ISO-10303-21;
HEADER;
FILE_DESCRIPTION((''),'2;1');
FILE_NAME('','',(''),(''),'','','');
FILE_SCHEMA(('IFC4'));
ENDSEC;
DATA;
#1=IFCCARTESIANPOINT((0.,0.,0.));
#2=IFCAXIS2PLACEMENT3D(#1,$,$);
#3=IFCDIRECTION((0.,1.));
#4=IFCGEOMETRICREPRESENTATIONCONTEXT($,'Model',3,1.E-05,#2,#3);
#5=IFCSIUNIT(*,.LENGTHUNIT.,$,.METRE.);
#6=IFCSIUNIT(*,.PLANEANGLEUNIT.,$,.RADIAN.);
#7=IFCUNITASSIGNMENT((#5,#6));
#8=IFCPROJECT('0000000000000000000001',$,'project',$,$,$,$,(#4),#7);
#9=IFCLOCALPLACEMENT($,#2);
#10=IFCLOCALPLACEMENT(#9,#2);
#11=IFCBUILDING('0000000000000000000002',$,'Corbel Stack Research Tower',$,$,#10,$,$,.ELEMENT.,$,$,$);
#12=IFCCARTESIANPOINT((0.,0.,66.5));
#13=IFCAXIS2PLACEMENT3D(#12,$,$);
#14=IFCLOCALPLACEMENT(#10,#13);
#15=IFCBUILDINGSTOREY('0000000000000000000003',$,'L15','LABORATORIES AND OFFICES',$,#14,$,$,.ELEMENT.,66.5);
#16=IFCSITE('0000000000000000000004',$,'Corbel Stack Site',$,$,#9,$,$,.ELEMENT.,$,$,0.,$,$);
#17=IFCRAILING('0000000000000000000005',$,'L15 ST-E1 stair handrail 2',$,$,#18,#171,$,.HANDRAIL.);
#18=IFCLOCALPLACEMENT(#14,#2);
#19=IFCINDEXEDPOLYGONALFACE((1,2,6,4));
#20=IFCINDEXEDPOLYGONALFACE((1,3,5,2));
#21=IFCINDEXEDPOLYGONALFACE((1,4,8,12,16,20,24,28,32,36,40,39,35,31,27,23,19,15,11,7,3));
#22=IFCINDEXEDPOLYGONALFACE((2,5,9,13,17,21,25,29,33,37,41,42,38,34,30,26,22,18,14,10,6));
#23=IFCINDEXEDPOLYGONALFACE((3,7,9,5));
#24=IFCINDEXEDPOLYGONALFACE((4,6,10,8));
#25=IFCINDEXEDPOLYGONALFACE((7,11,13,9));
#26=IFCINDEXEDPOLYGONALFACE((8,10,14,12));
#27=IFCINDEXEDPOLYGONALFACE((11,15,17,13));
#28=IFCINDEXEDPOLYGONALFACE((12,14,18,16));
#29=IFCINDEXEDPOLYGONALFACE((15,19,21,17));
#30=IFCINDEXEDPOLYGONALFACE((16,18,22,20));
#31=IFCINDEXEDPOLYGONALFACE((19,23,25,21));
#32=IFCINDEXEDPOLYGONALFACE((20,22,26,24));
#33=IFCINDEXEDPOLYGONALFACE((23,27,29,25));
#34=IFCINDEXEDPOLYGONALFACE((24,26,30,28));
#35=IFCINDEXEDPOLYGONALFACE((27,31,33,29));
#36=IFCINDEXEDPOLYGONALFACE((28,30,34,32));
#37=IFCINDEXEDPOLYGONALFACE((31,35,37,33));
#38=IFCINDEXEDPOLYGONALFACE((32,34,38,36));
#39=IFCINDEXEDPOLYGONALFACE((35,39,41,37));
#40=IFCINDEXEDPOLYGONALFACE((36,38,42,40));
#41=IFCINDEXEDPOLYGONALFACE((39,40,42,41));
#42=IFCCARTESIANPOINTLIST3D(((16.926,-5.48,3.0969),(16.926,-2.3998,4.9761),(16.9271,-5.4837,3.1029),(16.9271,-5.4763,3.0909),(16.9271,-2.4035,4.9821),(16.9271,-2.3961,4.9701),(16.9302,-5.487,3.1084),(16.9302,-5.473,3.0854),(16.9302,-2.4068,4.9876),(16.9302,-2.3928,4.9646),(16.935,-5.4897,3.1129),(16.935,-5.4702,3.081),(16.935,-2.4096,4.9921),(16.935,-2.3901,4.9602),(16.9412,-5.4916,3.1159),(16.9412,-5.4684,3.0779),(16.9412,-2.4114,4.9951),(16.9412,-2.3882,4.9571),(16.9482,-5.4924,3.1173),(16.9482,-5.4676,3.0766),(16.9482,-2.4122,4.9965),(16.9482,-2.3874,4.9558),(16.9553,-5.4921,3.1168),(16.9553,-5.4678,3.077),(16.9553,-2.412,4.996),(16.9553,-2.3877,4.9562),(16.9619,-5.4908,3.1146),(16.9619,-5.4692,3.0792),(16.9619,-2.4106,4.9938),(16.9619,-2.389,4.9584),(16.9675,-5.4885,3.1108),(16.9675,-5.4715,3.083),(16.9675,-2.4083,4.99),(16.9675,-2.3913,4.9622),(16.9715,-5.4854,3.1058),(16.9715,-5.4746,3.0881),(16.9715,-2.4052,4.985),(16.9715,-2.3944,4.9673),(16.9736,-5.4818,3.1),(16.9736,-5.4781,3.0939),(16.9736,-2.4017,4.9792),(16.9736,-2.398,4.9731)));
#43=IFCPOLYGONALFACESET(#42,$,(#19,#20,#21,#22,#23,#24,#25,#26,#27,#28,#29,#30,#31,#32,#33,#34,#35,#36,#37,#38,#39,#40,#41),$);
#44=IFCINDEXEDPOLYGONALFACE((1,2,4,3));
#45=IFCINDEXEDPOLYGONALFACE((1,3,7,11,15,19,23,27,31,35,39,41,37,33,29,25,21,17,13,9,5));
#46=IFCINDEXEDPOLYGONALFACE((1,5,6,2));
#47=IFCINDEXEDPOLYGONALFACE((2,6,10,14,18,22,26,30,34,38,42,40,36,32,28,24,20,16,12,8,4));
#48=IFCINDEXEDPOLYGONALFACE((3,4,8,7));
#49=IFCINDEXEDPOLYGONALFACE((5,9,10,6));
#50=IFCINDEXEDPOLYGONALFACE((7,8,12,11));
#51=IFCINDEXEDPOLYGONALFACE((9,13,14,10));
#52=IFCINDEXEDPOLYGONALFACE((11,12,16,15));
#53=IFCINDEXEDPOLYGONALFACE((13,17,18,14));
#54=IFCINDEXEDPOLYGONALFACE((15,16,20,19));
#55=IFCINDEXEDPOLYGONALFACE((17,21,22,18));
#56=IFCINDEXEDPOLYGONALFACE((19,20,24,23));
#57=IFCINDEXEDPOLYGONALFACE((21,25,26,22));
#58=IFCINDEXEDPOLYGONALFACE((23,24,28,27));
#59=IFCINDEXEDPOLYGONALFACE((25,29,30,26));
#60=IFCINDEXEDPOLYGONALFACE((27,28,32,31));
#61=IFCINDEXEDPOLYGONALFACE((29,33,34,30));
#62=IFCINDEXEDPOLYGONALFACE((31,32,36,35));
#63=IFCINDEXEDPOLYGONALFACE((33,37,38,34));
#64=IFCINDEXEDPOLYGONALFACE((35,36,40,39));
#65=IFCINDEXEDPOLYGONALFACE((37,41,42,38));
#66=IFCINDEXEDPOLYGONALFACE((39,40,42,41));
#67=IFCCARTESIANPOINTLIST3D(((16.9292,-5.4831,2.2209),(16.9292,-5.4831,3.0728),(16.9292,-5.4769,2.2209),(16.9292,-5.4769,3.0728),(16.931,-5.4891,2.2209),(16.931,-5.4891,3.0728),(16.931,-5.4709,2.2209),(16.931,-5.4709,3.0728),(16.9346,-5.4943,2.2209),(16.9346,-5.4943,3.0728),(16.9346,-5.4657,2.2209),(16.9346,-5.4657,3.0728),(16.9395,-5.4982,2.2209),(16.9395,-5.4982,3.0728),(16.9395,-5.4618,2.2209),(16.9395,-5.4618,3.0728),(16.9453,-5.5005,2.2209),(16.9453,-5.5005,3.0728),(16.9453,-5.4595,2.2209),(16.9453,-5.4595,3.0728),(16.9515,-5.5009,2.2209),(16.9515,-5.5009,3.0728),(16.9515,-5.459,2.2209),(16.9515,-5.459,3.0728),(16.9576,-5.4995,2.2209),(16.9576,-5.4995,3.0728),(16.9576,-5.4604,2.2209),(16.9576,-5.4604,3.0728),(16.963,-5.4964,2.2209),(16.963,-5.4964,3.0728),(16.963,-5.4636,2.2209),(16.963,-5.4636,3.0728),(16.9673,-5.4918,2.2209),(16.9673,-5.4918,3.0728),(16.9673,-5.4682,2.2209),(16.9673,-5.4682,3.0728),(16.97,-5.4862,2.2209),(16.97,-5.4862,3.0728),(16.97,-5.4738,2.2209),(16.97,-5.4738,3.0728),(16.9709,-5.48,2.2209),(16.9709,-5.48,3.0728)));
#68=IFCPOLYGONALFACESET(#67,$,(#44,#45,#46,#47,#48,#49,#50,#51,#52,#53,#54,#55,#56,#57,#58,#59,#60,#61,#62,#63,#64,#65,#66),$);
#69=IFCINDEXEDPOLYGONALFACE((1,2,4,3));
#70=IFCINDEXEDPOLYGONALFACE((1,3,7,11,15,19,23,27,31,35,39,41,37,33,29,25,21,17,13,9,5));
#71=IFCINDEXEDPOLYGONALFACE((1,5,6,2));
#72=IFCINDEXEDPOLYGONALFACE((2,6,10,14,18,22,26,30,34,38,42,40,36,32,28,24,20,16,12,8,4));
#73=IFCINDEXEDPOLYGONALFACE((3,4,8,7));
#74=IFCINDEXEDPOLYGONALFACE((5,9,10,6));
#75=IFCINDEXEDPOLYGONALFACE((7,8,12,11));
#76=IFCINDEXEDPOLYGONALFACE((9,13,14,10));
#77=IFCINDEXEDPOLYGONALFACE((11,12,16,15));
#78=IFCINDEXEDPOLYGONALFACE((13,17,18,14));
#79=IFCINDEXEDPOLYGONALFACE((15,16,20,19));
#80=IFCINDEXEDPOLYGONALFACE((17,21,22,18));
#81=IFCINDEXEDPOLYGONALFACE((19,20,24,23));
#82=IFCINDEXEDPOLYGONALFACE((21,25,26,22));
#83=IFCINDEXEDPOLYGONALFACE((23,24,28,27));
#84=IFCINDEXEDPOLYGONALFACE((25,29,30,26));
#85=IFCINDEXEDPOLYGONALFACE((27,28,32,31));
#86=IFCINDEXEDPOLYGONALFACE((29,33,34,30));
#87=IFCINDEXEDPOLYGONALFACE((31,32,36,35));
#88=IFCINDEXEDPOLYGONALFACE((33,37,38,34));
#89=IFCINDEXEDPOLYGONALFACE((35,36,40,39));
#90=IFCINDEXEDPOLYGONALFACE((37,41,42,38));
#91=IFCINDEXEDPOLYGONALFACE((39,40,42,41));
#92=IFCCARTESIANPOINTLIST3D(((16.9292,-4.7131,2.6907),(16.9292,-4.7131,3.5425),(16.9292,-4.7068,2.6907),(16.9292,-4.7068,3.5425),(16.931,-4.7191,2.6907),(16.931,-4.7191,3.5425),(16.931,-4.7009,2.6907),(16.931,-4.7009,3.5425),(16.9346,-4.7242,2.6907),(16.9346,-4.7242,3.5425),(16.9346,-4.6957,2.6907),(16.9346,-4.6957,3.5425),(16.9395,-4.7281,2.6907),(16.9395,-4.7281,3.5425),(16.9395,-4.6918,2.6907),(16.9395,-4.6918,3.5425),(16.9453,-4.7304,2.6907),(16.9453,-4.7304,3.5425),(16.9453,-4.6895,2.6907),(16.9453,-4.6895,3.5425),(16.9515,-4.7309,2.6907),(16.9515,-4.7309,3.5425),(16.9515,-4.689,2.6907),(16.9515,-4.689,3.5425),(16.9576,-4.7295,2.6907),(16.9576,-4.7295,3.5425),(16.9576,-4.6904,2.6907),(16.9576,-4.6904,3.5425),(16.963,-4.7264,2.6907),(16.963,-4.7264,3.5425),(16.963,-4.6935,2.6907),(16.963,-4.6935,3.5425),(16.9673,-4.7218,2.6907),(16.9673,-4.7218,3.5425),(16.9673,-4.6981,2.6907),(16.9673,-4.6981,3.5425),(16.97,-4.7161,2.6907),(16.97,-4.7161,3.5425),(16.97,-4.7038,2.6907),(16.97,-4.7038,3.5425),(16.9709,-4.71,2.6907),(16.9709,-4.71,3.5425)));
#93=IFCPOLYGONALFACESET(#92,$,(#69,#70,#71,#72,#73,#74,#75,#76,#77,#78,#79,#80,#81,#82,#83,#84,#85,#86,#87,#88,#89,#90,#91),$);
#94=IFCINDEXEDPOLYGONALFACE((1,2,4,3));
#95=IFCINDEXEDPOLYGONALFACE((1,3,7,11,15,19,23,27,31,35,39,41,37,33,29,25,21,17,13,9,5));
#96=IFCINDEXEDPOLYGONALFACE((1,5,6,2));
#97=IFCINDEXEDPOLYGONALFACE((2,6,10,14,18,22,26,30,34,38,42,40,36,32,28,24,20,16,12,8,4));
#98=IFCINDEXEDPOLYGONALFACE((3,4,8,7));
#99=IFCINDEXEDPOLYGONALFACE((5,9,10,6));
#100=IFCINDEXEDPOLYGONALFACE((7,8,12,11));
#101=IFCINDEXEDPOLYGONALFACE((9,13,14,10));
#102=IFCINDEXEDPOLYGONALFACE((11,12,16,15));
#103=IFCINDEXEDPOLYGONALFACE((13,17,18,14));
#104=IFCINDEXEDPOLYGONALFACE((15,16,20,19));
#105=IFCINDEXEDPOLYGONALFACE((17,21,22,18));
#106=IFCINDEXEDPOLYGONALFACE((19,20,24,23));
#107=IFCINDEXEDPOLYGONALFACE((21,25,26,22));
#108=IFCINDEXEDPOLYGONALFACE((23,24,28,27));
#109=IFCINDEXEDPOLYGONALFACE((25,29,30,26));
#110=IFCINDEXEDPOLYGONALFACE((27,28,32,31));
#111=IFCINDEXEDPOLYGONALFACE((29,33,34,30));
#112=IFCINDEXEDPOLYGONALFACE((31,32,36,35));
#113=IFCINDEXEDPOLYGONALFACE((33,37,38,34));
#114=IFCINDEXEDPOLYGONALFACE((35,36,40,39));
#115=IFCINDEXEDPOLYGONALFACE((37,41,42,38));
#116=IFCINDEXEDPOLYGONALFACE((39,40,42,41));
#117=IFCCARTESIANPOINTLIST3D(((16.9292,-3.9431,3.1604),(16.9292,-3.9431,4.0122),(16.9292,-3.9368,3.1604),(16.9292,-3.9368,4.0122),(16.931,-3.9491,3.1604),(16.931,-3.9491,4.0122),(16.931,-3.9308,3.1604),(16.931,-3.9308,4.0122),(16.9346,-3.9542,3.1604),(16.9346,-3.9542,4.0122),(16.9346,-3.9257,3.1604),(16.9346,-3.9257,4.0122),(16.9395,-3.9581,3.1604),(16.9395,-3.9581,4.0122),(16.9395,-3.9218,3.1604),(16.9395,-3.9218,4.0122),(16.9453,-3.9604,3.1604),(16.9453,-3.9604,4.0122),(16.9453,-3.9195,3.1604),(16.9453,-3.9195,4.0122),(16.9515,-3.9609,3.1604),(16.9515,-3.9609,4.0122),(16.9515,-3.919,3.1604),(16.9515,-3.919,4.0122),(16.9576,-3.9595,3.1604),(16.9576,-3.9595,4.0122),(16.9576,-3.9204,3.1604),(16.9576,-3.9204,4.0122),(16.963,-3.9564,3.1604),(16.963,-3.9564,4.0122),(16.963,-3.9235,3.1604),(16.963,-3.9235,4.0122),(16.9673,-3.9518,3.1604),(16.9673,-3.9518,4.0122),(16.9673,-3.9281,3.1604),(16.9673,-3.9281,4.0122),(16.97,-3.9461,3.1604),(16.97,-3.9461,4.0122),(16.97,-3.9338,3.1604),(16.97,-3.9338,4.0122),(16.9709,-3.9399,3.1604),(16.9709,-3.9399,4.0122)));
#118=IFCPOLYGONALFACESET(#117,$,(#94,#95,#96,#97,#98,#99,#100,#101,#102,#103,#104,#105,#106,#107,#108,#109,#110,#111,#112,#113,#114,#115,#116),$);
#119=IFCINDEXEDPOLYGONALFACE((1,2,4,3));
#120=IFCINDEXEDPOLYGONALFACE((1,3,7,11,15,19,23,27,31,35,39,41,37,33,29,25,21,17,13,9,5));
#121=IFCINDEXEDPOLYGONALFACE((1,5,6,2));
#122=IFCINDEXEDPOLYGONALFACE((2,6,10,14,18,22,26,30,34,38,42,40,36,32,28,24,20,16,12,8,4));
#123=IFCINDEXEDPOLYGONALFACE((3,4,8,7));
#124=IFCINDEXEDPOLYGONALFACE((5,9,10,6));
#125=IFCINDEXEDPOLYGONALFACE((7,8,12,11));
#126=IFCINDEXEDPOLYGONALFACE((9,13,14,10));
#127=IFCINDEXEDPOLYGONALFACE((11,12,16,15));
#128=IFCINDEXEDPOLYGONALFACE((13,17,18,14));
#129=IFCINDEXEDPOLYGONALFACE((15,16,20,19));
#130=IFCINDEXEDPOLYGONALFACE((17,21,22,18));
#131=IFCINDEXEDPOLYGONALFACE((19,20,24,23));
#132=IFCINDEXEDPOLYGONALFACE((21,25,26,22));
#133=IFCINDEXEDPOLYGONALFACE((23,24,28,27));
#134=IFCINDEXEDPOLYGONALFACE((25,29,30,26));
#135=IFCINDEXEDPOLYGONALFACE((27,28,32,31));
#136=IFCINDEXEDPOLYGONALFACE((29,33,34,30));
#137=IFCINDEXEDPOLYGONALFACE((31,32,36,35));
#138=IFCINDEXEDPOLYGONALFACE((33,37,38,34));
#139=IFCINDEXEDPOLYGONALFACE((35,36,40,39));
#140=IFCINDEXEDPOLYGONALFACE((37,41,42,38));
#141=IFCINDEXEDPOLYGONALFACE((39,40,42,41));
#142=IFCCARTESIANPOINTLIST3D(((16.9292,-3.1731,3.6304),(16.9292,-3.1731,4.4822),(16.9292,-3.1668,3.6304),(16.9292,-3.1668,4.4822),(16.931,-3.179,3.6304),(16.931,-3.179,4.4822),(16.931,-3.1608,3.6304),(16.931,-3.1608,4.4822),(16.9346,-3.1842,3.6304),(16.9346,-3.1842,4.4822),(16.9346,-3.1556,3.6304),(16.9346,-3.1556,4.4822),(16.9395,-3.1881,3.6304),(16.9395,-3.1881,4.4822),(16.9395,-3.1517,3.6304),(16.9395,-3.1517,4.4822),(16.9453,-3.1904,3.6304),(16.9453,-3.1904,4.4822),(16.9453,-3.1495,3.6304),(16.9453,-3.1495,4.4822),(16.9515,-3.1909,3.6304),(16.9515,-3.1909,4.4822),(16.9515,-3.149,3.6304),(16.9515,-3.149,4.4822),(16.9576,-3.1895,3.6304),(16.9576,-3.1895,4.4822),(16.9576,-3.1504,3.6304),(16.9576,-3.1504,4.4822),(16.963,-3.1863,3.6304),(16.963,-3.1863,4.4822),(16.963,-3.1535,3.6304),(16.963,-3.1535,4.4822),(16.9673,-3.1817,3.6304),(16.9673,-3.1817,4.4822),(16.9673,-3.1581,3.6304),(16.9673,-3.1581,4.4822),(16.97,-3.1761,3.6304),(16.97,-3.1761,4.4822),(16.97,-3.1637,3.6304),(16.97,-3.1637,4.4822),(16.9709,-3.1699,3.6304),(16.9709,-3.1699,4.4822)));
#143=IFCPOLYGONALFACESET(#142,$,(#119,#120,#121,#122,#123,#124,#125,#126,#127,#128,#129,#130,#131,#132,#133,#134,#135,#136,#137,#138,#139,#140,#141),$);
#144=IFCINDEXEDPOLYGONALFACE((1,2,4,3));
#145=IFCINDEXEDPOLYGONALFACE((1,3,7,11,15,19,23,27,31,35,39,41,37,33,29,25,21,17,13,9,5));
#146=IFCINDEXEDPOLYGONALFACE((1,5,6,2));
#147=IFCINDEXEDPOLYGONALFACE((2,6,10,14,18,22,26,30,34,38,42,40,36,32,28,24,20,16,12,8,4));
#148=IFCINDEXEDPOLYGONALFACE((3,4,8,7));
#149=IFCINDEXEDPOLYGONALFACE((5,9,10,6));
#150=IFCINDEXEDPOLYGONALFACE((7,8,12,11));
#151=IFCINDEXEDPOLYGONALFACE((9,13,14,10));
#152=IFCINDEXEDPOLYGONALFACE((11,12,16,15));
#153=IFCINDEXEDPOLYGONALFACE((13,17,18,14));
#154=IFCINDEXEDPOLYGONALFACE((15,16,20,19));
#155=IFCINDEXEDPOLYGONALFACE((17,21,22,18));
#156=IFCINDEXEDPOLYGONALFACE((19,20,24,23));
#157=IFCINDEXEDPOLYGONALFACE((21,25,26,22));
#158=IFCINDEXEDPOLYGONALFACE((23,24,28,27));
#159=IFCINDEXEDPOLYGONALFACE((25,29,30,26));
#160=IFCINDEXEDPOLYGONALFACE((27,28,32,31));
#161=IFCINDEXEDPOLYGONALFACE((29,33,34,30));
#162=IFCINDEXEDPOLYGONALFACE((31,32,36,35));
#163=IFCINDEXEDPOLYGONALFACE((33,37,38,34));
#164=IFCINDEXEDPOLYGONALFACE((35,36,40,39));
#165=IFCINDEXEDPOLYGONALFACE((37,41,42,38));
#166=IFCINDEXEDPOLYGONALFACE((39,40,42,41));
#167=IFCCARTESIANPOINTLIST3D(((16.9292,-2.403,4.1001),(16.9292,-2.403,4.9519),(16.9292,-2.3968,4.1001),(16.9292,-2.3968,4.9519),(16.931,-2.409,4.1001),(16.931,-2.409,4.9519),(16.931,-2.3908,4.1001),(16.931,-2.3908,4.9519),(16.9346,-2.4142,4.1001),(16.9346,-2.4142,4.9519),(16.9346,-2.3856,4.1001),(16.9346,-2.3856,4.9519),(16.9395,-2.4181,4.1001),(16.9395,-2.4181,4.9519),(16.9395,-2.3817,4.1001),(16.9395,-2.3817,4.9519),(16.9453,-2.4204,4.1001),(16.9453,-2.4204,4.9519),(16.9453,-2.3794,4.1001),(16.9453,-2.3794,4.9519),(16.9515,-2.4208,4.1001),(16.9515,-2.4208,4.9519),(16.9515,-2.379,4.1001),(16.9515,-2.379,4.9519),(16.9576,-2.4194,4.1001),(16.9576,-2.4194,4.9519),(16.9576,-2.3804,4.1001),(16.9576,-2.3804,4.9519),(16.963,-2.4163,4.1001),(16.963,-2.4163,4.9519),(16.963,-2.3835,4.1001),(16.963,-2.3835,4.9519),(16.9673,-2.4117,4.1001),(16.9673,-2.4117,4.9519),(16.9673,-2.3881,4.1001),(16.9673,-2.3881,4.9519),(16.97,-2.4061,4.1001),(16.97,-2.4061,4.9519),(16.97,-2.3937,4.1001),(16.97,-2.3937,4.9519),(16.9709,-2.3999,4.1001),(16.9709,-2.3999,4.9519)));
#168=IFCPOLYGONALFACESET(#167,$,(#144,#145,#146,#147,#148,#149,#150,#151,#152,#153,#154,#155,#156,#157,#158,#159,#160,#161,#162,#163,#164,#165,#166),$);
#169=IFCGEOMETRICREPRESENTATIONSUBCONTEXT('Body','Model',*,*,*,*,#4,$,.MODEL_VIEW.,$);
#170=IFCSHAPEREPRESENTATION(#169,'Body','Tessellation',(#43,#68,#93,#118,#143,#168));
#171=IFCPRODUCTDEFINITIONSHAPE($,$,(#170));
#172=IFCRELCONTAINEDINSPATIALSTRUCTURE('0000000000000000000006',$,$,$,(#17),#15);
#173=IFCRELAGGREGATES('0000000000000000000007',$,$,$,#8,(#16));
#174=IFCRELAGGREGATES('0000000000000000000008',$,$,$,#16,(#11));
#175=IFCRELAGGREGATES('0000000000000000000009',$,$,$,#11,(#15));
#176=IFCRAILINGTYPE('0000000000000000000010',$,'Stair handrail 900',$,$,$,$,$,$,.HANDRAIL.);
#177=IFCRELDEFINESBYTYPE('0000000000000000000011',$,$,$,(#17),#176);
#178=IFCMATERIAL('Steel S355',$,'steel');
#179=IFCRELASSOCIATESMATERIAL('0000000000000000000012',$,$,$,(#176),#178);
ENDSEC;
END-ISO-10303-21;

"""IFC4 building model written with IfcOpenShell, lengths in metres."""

from ifc_helpers import new_model, si_unit, direction, frame, origin, origin_2d, place, context, subcontext, project, spatial, circle, extrude, material, type_object, element, save


model = new_model("IFC4")

# Units and contexts
model_context = context("Model", 3, precision=1e-05, world=origin(), true_north=direction((0.0, 1.0)))
body_context = subcontext(model_context, "Body", "Model", "MODEL_VIEW")
ifc_project = project(units=[si_unit("LENGTHUNIT", "METRE"), si_unit("PLANEANGLEUNIT", "RADIAN")], contexts=[model_context])

# Site, building, storey
site_placement = place(None, origin())
site = spatial("IfcSite", under=ifc_project, at=site_placement, Name="Corbel Stack Site", CompositionType="ELEMENT", RefElevation=0.0)
building_placement = place(site_placement, origin())
building = spatial("IfcBuilding", under=site, at=building_placement, Name="Corbel Stack Research Tower", CompositionType="ELEMENT")
storey_placement = place(building_placement, frame((0.0, 0.0, 66.5)))
storey = spatial("IfcBuildingStorey", under=building, at=storey_placement, Name="L15", Description="LABORATORIES AND OFFICES", CompositionType="ELEMENT", Elevation=66.5)

# Railing
ifc_material_1 = material(Name="Steel S355", Category="steel")
railing_type_1 = type_object("IfcRailingType", Name="Stair handrail 900", PredefinedType="HANDRAIL", material=ifc_material_1)
railing_1_placement = place(storey_placement, frame((16.95, -5.48, 2.2209)))
element("IfcRailing", 1, at=railing_1_placement, inside=storey, type_object=railing_type_1, Name="L15 ST-E1 stair handrail 2", PredefinedType="HANDRAIL", context=body_context, shape_type="SweptSolid", body=[
    extrude(circle(Radius=0.0239, at=origin_2d()), frame((0.0, 0.0, 0.876), z_axis=(0.0, 0.853666, 0.52082), x_axis=(-1.0, 0.0, 0.0)), (0.0, 0.0, 1.0), 3.6082),
    extrude(circle(Radius=0.021, at=origin_2d()), origin(), (0.0, 0.0, 1.0), 0.8518),
    extrude(circle(Radius=0.021, at=origin_2d()), frame((0.0, 0.77, 0.4697)), (0.0, 0.0, 1.0), 0.8518),
    extrude(circle(Radius=0.021, at=origin_2d()), frame((0.0, 1.54, 0.9395)), (0.0, 0.0, 1.0), 0.8518),
    extrude(circle(Radius=0.021, at=origin_2d()), frame((0.0, 2.3101, 1.4094)), (0.0, 0.0, 1.0), 0.8518),
    extrude(circle(Radius=0.021, at=origin_2d()), frame((0.0, 3.0801, 1.8792)), (0.0, 0.0, 1.0), 0.8518),
])

save(model, "model.ifc")
